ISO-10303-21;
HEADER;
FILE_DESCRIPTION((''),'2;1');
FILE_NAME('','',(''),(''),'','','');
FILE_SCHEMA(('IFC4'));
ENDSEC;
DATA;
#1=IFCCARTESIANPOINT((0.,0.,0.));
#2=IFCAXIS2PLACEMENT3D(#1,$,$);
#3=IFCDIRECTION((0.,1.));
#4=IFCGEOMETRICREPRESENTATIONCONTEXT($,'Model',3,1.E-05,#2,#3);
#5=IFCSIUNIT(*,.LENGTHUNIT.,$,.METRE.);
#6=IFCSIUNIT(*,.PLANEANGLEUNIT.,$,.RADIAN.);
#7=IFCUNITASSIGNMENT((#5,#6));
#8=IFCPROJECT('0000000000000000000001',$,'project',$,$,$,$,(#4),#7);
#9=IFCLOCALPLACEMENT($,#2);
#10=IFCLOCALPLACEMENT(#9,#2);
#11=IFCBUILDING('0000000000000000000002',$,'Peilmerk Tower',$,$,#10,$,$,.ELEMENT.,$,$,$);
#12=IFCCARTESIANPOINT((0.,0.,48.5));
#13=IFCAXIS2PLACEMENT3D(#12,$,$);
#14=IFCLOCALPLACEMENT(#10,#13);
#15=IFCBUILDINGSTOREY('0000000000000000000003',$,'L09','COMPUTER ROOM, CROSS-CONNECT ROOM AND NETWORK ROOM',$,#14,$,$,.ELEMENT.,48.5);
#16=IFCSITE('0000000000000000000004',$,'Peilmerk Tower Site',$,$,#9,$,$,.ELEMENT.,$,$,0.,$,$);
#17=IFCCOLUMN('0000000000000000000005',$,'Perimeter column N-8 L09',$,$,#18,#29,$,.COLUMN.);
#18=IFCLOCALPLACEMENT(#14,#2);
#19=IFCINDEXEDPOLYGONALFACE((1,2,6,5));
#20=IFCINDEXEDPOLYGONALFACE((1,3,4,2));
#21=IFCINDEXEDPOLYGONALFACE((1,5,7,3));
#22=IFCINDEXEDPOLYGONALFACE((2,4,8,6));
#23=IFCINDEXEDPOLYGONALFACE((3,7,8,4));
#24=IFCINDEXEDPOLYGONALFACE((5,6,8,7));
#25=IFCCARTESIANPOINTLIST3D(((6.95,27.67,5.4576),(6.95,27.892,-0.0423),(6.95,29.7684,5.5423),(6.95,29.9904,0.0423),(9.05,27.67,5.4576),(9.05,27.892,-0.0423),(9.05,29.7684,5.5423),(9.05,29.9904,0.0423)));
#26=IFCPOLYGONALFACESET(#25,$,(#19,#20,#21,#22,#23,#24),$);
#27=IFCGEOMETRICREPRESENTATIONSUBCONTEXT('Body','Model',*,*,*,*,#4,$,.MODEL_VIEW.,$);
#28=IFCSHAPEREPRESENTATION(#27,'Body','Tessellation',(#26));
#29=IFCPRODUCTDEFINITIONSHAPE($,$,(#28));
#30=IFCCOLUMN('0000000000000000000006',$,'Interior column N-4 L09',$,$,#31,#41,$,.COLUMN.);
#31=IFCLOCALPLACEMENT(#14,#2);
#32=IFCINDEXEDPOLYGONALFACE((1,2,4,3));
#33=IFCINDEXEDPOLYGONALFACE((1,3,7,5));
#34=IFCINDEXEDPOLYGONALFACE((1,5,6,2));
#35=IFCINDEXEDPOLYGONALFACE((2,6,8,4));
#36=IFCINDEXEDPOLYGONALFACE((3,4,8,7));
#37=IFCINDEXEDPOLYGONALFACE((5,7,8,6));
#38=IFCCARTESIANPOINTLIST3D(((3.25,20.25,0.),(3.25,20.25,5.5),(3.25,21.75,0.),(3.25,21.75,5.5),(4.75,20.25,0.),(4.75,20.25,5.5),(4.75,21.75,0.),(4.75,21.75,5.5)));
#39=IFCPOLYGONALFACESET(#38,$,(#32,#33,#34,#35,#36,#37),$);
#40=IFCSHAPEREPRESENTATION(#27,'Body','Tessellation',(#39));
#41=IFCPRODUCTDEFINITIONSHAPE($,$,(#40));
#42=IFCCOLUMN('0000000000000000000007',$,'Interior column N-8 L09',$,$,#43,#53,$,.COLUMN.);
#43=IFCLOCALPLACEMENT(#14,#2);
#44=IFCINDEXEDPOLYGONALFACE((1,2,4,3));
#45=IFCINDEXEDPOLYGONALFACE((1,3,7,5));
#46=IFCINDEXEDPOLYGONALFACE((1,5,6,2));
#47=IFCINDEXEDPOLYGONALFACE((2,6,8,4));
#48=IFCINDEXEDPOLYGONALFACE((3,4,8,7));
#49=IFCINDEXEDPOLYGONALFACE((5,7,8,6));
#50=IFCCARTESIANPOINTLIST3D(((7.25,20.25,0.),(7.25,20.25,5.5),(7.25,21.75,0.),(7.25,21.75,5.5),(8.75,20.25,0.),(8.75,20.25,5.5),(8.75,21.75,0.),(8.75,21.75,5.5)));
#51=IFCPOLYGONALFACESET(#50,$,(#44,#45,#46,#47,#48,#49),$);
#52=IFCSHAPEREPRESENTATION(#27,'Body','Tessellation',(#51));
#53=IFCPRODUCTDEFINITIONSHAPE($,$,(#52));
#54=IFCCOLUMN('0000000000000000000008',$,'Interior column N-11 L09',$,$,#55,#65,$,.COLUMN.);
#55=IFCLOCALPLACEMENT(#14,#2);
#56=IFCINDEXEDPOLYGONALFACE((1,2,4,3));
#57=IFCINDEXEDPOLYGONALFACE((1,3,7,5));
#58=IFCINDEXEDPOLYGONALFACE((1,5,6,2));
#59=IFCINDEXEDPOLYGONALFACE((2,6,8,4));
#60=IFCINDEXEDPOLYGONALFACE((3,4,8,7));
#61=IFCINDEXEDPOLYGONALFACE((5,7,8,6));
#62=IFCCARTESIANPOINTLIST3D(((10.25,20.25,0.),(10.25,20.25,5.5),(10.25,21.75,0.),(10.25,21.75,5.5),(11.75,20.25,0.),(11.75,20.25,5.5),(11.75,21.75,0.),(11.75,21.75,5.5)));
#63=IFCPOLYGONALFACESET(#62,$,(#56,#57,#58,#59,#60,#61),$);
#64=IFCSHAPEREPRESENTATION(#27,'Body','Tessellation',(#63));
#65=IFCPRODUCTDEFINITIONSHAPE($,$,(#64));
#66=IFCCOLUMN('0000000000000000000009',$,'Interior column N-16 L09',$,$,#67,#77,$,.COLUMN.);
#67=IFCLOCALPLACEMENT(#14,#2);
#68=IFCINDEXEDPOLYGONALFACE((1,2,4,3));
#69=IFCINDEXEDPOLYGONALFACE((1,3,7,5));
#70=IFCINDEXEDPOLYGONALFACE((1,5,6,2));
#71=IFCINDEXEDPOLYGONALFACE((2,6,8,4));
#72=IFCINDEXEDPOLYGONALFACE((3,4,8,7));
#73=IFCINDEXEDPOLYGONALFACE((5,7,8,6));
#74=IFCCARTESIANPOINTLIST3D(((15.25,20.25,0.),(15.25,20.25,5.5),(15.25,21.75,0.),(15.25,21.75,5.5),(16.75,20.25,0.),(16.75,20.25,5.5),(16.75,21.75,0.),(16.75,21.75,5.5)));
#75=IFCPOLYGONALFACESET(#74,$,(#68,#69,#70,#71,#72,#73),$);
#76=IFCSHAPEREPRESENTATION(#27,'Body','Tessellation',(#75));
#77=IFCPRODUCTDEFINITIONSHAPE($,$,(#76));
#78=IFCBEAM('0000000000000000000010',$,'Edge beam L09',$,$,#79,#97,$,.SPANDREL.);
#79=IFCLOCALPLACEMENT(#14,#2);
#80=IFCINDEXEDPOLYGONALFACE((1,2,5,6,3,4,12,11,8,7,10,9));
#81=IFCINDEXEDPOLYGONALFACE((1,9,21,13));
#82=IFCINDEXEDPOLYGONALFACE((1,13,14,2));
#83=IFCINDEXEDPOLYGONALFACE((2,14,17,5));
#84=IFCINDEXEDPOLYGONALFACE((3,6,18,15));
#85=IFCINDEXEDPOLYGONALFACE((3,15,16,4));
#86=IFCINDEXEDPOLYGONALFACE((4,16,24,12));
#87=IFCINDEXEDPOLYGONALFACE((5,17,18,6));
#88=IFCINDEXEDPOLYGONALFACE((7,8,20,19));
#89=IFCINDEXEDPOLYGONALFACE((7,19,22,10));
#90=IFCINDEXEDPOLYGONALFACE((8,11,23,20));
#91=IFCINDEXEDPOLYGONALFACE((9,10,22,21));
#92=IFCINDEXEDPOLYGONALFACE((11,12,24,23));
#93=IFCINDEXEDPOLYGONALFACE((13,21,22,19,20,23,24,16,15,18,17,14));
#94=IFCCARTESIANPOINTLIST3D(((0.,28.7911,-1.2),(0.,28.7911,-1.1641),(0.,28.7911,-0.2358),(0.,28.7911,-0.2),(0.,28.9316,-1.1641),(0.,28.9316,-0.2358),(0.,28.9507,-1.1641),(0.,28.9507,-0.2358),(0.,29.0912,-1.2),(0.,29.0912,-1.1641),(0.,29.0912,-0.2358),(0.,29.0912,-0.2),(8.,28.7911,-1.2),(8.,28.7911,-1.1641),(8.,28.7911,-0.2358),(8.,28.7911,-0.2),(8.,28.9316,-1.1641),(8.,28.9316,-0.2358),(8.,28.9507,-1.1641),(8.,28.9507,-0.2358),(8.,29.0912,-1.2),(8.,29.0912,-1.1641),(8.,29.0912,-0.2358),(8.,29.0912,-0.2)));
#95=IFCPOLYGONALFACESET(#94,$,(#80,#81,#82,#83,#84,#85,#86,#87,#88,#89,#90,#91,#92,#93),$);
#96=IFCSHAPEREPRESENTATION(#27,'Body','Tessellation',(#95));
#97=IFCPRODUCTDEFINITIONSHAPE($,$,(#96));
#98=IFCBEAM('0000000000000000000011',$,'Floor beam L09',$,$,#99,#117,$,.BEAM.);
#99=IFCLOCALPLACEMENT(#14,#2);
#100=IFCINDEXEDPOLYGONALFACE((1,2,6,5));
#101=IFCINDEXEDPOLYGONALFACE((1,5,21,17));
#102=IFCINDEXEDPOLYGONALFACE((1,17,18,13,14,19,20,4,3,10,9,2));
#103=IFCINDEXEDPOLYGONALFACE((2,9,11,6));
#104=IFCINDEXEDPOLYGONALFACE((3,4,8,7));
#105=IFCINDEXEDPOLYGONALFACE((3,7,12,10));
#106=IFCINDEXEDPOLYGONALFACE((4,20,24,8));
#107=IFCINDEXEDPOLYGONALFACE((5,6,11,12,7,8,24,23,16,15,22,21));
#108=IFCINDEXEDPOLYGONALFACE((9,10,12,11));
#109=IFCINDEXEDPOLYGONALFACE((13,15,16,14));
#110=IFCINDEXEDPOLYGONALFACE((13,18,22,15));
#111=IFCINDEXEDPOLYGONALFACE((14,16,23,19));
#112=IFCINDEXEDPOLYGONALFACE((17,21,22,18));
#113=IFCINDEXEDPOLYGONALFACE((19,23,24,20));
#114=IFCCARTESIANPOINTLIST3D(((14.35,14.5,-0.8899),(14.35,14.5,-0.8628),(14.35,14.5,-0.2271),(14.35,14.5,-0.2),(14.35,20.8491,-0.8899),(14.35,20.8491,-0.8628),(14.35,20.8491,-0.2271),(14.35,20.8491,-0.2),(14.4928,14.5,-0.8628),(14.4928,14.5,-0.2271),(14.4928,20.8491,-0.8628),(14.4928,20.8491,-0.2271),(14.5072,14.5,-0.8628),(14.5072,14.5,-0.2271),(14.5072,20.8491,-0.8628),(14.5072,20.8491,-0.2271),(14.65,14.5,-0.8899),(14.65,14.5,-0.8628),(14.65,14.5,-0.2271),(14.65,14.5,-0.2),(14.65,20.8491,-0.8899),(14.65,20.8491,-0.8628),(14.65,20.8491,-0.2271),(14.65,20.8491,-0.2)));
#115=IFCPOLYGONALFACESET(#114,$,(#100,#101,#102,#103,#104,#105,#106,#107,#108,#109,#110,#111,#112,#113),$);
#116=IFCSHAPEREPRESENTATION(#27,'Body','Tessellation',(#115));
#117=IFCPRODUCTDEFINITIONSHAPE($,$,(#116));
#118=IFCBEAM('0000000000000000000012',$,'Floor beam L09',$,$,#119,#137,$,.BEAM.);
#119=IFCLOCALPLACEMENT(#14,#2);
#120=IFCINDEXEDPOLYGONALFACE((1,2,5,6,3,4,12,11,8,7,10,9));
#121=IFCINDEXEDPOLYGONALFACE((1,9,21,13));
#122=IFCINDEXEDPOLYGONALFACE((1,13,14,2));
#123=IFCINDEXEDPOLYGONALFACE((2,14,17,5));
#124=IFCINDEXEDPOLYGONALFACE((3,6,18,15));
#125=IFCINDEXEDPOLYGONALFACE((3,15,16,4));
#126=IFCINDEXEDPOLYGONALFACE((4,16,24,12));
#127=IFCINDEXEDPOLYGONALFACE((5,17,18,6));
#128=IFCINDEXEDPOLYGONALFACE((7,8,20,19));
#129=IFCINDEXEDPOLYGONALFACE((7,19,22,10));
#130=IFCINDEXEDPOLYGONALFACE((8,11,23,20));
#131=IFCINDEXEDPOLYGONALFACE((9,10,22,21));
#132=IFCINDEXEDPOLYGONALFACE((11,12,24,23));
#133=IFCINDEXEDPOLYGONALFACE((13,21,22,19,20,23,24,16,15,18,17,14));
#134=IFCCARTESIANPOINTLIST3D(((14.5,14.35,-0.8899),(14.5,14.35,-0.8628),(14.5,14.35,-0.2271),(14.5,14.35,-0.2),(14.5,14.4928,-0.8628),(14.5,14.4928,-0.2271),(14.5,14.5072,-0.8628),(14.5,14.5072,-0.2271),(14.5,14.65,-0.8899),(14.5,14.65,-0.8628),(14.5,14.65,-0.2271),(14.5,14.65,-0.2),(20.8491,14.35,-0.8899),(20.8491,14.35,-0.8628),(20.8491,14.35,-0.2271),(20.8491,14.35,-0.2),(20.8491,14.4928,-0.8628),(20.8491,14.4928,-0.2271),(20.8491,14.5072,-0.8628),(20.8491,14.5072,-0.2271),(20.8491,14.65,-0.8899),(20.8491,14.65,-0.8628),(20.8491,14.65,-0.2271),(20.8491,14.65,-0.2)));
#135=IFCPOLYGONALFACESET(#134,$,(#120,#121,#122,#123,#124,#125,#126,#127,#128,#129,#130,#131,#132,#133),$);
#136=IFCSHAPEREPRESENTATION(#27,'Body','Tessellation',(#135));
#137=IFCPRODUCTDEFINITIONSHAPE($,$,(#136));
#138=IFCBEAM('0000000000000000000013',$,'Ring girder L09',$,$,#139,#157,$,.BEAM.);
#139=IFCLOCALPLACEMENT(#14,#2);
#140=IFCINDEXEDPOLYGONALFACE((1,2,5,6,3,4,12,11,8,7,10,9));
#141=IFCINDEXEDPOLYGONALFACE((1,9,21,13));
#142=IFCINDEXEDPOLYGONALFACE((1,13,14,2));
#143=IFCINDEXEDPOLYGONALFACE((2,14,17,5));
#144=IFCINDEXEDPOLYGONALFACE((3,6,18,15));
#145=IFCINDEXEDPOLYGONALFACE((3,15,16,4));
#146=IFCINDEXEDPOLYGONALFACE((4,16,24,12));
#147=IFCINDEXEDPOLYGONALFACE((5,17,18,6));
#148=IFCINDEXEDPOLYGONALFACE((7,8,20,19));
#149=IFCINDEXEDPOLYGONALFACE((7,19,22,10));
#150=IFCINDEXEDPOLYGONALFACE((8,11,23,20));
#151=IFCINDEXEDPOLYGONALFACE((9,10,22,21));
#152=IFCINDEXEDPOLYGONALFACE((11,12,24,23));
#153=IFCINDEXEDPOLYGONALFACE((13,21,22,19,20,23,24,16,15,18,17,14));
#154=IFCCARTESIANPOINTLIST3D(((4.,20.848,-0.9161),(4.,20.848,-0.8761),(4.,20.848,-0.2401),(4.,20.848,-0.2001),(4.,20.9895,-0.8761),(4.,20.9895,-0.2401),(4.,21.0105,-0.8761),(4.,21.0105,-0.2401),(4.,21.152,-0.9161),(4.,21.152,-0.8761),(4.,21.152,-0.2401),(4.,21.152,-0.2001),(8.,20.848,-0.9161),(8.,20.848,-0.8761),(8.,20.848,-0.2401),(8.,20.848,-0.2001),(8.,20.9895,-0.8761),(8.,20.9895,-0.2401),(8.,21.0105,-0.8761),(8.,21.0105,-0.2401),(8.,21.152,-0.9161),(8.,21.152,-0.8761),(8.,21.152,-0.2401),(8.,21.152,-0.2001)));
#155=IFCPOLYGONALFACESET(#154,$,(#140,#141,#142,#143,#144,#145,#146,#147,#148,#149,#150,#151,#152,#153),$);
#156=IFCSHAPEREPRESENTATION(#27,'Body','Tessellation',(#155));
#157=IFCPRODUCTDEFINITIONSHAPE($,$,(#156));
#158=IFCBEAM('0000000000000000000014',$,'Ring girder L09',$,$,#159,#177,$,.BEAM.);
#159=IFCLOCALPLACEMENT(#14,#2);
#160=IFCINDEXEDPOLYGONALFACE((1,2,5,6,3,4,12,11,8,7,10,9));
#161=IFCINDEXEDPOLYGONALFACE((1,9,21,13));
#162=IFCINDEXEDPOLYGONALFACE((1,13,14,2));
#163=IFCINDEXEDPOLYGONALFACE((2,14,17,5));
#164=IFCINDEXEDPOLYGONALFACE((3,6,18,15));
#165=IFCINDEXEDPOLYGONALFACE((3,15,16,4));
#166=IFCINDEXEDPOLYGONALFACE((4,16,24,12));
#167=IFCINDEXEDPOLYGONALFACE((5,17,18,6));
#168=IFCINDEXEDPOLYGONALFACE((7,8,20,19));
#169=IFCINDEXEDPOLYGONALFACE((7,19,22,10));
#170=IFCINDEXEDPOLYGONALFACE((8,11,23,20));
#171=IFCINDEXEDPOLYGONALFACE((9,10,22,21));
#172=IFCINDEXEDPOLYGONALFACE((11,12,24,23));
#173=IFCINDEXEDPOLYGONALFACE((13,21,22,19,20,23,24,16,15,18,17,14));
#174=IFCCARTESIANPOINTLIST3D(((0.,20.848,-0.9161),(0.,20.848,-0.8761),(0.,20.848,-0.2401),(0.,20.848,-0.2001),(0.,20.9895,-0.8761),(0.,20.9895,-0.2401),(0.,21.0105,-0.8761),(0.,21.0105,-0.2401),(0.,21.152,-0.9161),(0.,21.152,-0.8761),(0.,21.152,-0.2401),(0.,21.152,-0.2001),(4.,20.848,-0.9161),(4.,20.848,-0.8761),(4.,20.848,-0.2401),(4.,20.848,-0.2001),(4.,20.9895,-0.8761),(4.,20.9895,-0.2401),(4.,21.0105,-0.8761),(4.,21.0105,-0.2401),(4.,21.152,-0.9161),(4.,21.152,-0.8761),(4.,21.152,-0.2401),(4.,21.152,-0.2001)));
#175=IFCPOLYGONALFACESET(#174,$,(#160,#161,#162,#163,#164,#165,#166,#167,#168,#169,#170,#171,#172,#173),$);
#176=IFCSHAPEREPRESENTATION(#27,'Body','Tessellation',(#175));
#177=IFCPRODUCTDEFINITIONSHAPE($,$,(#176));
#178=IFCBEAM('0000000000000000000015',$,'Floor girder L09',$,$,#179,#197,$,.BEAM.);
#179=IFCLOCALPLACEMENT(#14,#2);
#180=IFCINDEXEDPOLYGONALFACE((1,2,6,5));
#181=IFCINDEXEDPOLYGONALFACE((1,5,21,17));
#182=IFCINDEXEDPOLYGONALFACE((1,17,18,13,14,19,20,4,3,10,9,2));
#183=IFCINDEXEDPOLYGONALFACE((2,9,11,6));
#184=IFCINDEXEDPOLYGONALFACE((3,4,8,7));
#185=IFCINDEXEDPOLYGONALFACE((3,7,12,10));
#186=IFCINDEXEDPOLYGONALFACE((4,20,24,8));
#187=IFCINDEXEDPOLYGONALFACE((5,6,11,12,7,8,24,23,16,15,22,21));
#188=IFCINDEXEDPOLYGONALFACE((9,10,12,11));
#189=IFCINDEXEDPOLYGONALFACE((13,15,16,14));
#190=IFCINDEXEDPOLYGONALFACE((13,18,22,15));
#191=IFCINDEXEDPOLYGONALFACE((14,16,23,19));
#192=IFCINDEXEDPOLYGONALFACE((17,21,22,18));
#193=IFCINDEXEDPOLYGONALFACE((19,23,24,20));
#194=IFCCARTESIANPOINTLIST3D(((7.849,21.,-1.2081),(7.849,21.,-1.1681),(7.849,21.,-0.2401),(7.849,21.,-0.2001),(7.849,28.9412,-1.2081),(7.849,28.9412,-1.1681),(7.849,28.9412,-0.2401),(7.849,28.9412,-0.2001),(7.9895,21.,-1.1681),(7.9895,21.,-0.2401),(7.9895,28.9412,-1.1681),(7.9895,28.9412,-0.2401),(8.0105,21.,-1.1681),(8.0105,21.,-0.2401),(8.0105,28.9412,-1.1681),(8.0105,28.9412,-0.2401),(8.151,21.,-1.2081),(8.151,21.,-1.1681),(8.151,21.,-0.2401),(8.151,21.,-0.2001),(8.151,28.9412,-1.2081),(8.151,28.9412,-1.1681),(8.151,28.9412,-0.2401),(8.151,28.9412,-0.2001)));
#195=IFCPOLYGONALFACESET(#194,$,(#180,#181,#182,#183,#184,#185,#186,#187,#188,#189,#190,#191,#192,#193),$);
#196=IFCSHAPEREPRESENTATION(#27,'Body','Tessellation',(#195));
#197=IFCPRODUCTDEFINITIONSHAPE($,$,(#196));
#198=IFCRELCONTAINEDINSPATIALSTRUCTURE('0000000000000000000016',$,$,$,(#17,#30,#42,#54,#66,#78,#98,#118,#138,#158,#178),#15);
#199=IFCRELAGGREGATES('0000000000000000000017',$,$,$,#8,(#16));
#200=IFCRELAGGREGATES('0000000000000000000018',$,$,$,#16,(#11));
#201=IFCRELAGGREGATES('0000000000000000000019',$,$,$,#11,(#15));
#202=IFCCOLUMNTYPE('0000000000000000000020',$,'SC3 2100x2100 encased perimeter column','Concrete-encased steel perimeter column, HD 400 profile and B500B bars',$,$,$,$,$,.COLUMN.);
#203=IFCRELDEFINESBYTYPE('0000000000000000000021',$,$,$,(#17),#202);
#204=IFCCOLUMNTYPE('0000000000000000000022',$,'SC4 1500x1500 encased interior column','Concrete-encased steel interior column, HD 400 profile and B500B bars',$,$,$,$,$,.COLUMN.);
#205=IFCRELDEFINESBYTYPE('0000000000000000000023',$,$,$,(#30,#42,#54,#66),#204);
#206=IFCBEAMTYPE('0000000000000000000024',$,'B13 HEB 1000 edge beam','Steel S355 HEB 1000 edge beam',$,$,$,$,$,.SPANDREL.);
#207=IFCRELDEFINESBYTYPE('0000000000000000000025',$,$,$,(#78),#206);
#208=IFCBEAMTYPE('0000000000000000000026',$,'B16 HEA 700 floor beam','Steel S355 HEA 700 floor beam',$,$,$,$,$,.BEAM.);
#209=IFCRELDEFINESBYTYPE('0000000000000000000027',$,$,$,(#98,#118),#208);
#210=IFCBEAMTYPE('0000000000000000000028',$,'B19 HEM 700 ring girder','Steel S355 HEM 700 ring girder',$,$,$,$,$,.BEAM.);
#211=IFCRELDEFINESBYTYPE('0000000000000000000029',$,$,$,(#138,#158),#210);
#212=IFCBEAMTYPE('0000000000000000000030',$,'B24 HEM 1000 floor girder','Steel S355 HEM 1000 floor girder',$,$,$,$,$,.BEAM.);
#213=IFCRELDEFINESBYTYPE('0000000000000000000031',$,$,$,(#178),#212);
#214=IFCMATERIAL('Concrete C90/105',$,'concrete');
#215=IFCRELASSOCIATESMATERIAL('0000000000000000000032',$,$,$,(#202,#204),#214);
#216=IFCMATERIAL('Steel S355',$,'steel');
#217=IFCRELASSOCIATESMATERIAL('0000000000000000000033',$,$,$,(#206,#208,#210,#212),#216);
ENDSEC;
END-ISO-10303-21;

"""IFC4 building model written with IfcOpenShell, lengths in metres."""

from ifc_helpers import new_model, si_unit, direction, frame, origin, origin_2d, place, context, subcontext, project, spatial, rectangle, i_section, extrude, material, material_profile, profile_set, type_object, element, save


model = new_model("IFC4")

# Units and contexts
model_context = context("Model", 3, precision=1e-05, world=origin(), true_north=direction((0.0, 1.0)))
body_context = subcontext(model_context, "Body", "Model", "MODEL_VIEW")
ifc_project = project(units=[si_unit("LENGTHUNIT", "METRE"), si_unit("PLANEANGLEUNIT", "RADIAN")], contexts=[model_context])

# Site, building, storey
site_placement = place(None, origin())
site = spatial("IfcSite", under=ifc_project, at=site_placement, Name="Peilmerk Tower Site", CompositionType="ELEMENT", RefElevation=0.0)
building_placement = place(site_placement, origin())
building = spatial("IfcBuilding", under=site, at=building_placement, Name="Peilmerk Tower", CompositionType="ELEMENT")
storey_placement = place(building_placement, frame((0.0, 0.0, 48.5)))
storey = spatial("IfcBuildingStorey", under=building, at=storey_placement, Name="L09", Description="COMPUTER ROOM, CROSS-CONNECT ROOM AND NETWORK ROOM", CompositionType="ELEMENT", Elevation=48.5)

# Columns
ifc_material_1 = material(Name="Concrete C90/105", Category="concrete")
ifc_material_profile_1 = material_profile(ifc_material_1, rectangle(XDim=2.1001, YDim=2.1001, at=origin_2d()), Name="RC 2100x2100")
ifc_profile_set_1 = profile_set([ifc_material_profile_1], Name="Concrete C90/105")
column_type_1 = type_object("IfcColumnType", Name="SC3 2100x2100 encased perimeter column", Description="Concrete-encased steel perimeter column, HD 400 profile and B500B bars", PredefinedType="COLUMN", material=ifc_profile_set_1)
column_placement = place(storey_placement, frame((8.0, 28.9412, 0.0), z_axis=(0.0, -0.040317, 0.999187), x_axis=(1.0, 0.0, 0.0)))
element("IfcColumn", 1, at=column_placement, inside=storey, type_object=column_type_1, Name="Perimeter column N-8 L09", PredefinedType="COLUMN", context=body_context, shape_type="SweptSolid", body=[
    extrude(rectangle(XDim=2.1001, YDim=2.1001, at=origin_2d()), origin(), (0.0, 0.0, 1.0), 5.5044),
])
ifc_material_profile_2 = material_profile(ifc_material_1, rectangle(XDim=1.5, YDim=1.5, at=origin_2d()), Name="RC 1500x1500")
ifc_profile_set_2 = profile_set([ifc_material_profile_2], Name="Concrete C90/105")
column_type_2 = type_object("IfcColumnType", Name="SC4 1500x1500 encased interior column", Description="Concrete-encased steel interior column, HD 400 profile and B500B bars", PredefinedType="COLUMN", material=ifc_profile_set_2)
for number, where, z_axis, x_axis, name in (
    (2, (4.0, 21.0, 0.0), (0.0, 0.0, 1.0), (1.0, 0.0, 0.0), "Interior column N-4 L09"),
    (3, (8.0, 21.0, 0.0), (0.0, 0.0, 1.0), (1.0, 0.0, 0.0), "Interior column N-8 L09"),
    (4, (11.0, 21.0, 0.0), (0.0, 0.0, 1.0), (1.0, 0.0, 0.0), "Interior column N-11 L09"),
    (5, (16.0, 21.0, 0.0), (0.0, 0.0, 1.0), (1.0, 0.0, 0.0), "Interior column N-16 L09"),
):
    element("IfcColumn", number, at=place(storey_placement, frame(where, z_axis=z_axis, x_axis=x_axis)), inside=storey, type_object=column_type_2, Name=name, PredefinedType="COLUMN", context=body_context, shape_type="SweptSolid", body=[
        extrude(rectangle(XDim=1.5, YDim=1.5, at=origin_2d()), origin(), (0.0, 0.0, 1.0), 5.5),
    ])

# Beams
ifc_material_2 = material(Name="Steel S355", Category="steel")
ifc_material_profile_3 = material_profile(ifc_material_2, i_section(OverallWidth=0.3, OverallDepth=1.0, WebThickness=0.019, FlangeThickness=0.0359, at=origin_2d()), Name="HEB 1000")
ifc_profile_set_3 = profile_set([ifc_material_profile_3], Name="Steel S355")
beam_type_1 = type_object("IfcBeamType", Name="B13 HEB 1000 edge beam", Description="Steel S355 HEB 1000 edge beam", PredefinedType="SPANDREL", material=ifc_profile_set_3)
beam_1_placement = place(storey_placement, frame((8.0, 28.9412, -0.7), z_axis=(-1.0, 0.0, 0.0), x_axis=(0.0, -1.0, 0.0)))
element("IfcBeam", 6, at=beam_1_placement, inside=storey, type_object=beam_type_1, Name="Edge beam L09", PredefinedType="SPANDREL", context=body_context, shape_type="SweptSolid", body=[
    extrude(i_section(OverallWidth=0.3, OverallDepth=1.0, WebThickness=0.019, FlangeThickness=0.0359, at=origin_2d()), origin(), (0.0, 0.0, 1.0), 8.0),
])
ifc_material_profile_4 = material_profile(ifc_material_2, i_section(OverallWidth=0.3, OverallDepth=0.6899, WebThickness=0.0144, FlangeThickness=0.0271, at=origin_2d()), Name="HEA 700")
ifc_profile_set_4 = profile_set([ifc_material_profile_4], Name="Steel S355")
beam_type_2 = type_object("IfcBeamType", Name="B16 HEA 700 floor beam", Description="Steel S355 HEA 700 floor beam", PredefinedType="BEAM", material=ifc_profile_set_4)
for number, where, z_axis, x_axis, name in (
    (7, (14.5, 14.5, -0.5449), (0.0, 1.0, 0.0), (-1.0, 0.0, 0.0), "Floor beam L09"),
    (8, (14.5, 14.5, -0.5449), (1.0, 0.0, 0.0), (0.0, 1.0, 0.0), "Floor beam L09"),
):
    element("IfcBeam", number, at=place(storey_placement, frame(where, z_axis=z_axis, x_axis=x_axis)), inside=storey, type_object=beam_type_2, Name=name, PredefinedType="BEAM", context=body_context, shape_type="SweptSolid", body=[
        extrude(i_section(OverallWidth=0.3, OverallDepth=0.6899, WebThickness=0.0144, FlangeThickness=0.0271, at=origin_2d()), origin(), (0.0, 0.0, 1.0), 6.3491),
    ])
ifc_material_profile_5 = material_profile(ifc_material_2, i_section(OverallWidth=0.304, OverallDepth=0.7161, WebThickness=0.021, FlangeThickness=0.04, at=origin_2d()), Name="HEM 700")
ifc_profile_set_5 = profile_set([ifc_material_profile_5], Name="Steel S355")
beam_type_3 = type_object("IfcBeamType", Name="B19 HEM 700 ring girder", Description="Steel S355 HEM 700 ring girder", PredefinedType="BEAM", material=ifc_profile_set_5)
for number, where, z_axis, x_axis, name in (
    (9, (8.0, 21.0, -0.5581), (-1.0, 0.0, 0.0), (0.0, -1.0, 0.0), "Ring girder L09"),
    (10, (4.0, 21.0, -0.5581), (-1.0, 0.0, 0.0), (0.0, -1.0, 0.0), "Ring girder L09"),
):
    element("IfcBeam", number, at=place(storey_placement, frame(where, z_axis=z_axis, x_axis=x_axis)), inside=storey, type_object=beam_type_3, Name=name, PredefinedType="BEAM", context=body_context, shape_type="SweptSolid", body=[
        extrude(i_section(OverallWidth=0.304, OverallDepth=0.7161, WebThickness=0.021, FlangeThickness=0.04, at=origin_2d()), origin(), (0.0, 0.0, 1.0), 4.0),
    ])
ifc_material_profile_6 = material_profile(ifc_material_2, i_section(OverallWidth=0.302, OverallDepth=1.0081, WebThickness=0.021, FlangeThickness=0.04, at=origin_2d()), Name="HEM 1000")
ifc_profile_set_6 = profile_set([ifc_material_profile_6], Name="Steel S355")
beam_type_4 = type_object("IfcBeamType", Name="B24 HEM 1000 floor girder", Description="Steel S355 HEM 1000 floor girder", PredefinedType="BEAM", material=ifc_profile_set_6)
beam_2_placement = place(storey_placement, frame((8.0, 21.0, -0.7041), z_axis=(0.0, 1.0, 0.0), x_axis=(-1.0, 0.0, 0.0)))
element("IfcBeam", 11, at=beam_2_placement, inside=storey, type_object=beam_type_4, Name="Floor girder L09", PredefinedType="BEAM", context=body_context, shape_type="SweptSolid", body=[
    extrude(i_section(OverallWidth=0.302, OverallDepth=1.0081, WebThickness=0.021, FlangeThickness=0.04, at=origin_2d()), origin(), (0.0, 0.0, 1.0), 7.9412),
])

save(model, "model.ifc")
